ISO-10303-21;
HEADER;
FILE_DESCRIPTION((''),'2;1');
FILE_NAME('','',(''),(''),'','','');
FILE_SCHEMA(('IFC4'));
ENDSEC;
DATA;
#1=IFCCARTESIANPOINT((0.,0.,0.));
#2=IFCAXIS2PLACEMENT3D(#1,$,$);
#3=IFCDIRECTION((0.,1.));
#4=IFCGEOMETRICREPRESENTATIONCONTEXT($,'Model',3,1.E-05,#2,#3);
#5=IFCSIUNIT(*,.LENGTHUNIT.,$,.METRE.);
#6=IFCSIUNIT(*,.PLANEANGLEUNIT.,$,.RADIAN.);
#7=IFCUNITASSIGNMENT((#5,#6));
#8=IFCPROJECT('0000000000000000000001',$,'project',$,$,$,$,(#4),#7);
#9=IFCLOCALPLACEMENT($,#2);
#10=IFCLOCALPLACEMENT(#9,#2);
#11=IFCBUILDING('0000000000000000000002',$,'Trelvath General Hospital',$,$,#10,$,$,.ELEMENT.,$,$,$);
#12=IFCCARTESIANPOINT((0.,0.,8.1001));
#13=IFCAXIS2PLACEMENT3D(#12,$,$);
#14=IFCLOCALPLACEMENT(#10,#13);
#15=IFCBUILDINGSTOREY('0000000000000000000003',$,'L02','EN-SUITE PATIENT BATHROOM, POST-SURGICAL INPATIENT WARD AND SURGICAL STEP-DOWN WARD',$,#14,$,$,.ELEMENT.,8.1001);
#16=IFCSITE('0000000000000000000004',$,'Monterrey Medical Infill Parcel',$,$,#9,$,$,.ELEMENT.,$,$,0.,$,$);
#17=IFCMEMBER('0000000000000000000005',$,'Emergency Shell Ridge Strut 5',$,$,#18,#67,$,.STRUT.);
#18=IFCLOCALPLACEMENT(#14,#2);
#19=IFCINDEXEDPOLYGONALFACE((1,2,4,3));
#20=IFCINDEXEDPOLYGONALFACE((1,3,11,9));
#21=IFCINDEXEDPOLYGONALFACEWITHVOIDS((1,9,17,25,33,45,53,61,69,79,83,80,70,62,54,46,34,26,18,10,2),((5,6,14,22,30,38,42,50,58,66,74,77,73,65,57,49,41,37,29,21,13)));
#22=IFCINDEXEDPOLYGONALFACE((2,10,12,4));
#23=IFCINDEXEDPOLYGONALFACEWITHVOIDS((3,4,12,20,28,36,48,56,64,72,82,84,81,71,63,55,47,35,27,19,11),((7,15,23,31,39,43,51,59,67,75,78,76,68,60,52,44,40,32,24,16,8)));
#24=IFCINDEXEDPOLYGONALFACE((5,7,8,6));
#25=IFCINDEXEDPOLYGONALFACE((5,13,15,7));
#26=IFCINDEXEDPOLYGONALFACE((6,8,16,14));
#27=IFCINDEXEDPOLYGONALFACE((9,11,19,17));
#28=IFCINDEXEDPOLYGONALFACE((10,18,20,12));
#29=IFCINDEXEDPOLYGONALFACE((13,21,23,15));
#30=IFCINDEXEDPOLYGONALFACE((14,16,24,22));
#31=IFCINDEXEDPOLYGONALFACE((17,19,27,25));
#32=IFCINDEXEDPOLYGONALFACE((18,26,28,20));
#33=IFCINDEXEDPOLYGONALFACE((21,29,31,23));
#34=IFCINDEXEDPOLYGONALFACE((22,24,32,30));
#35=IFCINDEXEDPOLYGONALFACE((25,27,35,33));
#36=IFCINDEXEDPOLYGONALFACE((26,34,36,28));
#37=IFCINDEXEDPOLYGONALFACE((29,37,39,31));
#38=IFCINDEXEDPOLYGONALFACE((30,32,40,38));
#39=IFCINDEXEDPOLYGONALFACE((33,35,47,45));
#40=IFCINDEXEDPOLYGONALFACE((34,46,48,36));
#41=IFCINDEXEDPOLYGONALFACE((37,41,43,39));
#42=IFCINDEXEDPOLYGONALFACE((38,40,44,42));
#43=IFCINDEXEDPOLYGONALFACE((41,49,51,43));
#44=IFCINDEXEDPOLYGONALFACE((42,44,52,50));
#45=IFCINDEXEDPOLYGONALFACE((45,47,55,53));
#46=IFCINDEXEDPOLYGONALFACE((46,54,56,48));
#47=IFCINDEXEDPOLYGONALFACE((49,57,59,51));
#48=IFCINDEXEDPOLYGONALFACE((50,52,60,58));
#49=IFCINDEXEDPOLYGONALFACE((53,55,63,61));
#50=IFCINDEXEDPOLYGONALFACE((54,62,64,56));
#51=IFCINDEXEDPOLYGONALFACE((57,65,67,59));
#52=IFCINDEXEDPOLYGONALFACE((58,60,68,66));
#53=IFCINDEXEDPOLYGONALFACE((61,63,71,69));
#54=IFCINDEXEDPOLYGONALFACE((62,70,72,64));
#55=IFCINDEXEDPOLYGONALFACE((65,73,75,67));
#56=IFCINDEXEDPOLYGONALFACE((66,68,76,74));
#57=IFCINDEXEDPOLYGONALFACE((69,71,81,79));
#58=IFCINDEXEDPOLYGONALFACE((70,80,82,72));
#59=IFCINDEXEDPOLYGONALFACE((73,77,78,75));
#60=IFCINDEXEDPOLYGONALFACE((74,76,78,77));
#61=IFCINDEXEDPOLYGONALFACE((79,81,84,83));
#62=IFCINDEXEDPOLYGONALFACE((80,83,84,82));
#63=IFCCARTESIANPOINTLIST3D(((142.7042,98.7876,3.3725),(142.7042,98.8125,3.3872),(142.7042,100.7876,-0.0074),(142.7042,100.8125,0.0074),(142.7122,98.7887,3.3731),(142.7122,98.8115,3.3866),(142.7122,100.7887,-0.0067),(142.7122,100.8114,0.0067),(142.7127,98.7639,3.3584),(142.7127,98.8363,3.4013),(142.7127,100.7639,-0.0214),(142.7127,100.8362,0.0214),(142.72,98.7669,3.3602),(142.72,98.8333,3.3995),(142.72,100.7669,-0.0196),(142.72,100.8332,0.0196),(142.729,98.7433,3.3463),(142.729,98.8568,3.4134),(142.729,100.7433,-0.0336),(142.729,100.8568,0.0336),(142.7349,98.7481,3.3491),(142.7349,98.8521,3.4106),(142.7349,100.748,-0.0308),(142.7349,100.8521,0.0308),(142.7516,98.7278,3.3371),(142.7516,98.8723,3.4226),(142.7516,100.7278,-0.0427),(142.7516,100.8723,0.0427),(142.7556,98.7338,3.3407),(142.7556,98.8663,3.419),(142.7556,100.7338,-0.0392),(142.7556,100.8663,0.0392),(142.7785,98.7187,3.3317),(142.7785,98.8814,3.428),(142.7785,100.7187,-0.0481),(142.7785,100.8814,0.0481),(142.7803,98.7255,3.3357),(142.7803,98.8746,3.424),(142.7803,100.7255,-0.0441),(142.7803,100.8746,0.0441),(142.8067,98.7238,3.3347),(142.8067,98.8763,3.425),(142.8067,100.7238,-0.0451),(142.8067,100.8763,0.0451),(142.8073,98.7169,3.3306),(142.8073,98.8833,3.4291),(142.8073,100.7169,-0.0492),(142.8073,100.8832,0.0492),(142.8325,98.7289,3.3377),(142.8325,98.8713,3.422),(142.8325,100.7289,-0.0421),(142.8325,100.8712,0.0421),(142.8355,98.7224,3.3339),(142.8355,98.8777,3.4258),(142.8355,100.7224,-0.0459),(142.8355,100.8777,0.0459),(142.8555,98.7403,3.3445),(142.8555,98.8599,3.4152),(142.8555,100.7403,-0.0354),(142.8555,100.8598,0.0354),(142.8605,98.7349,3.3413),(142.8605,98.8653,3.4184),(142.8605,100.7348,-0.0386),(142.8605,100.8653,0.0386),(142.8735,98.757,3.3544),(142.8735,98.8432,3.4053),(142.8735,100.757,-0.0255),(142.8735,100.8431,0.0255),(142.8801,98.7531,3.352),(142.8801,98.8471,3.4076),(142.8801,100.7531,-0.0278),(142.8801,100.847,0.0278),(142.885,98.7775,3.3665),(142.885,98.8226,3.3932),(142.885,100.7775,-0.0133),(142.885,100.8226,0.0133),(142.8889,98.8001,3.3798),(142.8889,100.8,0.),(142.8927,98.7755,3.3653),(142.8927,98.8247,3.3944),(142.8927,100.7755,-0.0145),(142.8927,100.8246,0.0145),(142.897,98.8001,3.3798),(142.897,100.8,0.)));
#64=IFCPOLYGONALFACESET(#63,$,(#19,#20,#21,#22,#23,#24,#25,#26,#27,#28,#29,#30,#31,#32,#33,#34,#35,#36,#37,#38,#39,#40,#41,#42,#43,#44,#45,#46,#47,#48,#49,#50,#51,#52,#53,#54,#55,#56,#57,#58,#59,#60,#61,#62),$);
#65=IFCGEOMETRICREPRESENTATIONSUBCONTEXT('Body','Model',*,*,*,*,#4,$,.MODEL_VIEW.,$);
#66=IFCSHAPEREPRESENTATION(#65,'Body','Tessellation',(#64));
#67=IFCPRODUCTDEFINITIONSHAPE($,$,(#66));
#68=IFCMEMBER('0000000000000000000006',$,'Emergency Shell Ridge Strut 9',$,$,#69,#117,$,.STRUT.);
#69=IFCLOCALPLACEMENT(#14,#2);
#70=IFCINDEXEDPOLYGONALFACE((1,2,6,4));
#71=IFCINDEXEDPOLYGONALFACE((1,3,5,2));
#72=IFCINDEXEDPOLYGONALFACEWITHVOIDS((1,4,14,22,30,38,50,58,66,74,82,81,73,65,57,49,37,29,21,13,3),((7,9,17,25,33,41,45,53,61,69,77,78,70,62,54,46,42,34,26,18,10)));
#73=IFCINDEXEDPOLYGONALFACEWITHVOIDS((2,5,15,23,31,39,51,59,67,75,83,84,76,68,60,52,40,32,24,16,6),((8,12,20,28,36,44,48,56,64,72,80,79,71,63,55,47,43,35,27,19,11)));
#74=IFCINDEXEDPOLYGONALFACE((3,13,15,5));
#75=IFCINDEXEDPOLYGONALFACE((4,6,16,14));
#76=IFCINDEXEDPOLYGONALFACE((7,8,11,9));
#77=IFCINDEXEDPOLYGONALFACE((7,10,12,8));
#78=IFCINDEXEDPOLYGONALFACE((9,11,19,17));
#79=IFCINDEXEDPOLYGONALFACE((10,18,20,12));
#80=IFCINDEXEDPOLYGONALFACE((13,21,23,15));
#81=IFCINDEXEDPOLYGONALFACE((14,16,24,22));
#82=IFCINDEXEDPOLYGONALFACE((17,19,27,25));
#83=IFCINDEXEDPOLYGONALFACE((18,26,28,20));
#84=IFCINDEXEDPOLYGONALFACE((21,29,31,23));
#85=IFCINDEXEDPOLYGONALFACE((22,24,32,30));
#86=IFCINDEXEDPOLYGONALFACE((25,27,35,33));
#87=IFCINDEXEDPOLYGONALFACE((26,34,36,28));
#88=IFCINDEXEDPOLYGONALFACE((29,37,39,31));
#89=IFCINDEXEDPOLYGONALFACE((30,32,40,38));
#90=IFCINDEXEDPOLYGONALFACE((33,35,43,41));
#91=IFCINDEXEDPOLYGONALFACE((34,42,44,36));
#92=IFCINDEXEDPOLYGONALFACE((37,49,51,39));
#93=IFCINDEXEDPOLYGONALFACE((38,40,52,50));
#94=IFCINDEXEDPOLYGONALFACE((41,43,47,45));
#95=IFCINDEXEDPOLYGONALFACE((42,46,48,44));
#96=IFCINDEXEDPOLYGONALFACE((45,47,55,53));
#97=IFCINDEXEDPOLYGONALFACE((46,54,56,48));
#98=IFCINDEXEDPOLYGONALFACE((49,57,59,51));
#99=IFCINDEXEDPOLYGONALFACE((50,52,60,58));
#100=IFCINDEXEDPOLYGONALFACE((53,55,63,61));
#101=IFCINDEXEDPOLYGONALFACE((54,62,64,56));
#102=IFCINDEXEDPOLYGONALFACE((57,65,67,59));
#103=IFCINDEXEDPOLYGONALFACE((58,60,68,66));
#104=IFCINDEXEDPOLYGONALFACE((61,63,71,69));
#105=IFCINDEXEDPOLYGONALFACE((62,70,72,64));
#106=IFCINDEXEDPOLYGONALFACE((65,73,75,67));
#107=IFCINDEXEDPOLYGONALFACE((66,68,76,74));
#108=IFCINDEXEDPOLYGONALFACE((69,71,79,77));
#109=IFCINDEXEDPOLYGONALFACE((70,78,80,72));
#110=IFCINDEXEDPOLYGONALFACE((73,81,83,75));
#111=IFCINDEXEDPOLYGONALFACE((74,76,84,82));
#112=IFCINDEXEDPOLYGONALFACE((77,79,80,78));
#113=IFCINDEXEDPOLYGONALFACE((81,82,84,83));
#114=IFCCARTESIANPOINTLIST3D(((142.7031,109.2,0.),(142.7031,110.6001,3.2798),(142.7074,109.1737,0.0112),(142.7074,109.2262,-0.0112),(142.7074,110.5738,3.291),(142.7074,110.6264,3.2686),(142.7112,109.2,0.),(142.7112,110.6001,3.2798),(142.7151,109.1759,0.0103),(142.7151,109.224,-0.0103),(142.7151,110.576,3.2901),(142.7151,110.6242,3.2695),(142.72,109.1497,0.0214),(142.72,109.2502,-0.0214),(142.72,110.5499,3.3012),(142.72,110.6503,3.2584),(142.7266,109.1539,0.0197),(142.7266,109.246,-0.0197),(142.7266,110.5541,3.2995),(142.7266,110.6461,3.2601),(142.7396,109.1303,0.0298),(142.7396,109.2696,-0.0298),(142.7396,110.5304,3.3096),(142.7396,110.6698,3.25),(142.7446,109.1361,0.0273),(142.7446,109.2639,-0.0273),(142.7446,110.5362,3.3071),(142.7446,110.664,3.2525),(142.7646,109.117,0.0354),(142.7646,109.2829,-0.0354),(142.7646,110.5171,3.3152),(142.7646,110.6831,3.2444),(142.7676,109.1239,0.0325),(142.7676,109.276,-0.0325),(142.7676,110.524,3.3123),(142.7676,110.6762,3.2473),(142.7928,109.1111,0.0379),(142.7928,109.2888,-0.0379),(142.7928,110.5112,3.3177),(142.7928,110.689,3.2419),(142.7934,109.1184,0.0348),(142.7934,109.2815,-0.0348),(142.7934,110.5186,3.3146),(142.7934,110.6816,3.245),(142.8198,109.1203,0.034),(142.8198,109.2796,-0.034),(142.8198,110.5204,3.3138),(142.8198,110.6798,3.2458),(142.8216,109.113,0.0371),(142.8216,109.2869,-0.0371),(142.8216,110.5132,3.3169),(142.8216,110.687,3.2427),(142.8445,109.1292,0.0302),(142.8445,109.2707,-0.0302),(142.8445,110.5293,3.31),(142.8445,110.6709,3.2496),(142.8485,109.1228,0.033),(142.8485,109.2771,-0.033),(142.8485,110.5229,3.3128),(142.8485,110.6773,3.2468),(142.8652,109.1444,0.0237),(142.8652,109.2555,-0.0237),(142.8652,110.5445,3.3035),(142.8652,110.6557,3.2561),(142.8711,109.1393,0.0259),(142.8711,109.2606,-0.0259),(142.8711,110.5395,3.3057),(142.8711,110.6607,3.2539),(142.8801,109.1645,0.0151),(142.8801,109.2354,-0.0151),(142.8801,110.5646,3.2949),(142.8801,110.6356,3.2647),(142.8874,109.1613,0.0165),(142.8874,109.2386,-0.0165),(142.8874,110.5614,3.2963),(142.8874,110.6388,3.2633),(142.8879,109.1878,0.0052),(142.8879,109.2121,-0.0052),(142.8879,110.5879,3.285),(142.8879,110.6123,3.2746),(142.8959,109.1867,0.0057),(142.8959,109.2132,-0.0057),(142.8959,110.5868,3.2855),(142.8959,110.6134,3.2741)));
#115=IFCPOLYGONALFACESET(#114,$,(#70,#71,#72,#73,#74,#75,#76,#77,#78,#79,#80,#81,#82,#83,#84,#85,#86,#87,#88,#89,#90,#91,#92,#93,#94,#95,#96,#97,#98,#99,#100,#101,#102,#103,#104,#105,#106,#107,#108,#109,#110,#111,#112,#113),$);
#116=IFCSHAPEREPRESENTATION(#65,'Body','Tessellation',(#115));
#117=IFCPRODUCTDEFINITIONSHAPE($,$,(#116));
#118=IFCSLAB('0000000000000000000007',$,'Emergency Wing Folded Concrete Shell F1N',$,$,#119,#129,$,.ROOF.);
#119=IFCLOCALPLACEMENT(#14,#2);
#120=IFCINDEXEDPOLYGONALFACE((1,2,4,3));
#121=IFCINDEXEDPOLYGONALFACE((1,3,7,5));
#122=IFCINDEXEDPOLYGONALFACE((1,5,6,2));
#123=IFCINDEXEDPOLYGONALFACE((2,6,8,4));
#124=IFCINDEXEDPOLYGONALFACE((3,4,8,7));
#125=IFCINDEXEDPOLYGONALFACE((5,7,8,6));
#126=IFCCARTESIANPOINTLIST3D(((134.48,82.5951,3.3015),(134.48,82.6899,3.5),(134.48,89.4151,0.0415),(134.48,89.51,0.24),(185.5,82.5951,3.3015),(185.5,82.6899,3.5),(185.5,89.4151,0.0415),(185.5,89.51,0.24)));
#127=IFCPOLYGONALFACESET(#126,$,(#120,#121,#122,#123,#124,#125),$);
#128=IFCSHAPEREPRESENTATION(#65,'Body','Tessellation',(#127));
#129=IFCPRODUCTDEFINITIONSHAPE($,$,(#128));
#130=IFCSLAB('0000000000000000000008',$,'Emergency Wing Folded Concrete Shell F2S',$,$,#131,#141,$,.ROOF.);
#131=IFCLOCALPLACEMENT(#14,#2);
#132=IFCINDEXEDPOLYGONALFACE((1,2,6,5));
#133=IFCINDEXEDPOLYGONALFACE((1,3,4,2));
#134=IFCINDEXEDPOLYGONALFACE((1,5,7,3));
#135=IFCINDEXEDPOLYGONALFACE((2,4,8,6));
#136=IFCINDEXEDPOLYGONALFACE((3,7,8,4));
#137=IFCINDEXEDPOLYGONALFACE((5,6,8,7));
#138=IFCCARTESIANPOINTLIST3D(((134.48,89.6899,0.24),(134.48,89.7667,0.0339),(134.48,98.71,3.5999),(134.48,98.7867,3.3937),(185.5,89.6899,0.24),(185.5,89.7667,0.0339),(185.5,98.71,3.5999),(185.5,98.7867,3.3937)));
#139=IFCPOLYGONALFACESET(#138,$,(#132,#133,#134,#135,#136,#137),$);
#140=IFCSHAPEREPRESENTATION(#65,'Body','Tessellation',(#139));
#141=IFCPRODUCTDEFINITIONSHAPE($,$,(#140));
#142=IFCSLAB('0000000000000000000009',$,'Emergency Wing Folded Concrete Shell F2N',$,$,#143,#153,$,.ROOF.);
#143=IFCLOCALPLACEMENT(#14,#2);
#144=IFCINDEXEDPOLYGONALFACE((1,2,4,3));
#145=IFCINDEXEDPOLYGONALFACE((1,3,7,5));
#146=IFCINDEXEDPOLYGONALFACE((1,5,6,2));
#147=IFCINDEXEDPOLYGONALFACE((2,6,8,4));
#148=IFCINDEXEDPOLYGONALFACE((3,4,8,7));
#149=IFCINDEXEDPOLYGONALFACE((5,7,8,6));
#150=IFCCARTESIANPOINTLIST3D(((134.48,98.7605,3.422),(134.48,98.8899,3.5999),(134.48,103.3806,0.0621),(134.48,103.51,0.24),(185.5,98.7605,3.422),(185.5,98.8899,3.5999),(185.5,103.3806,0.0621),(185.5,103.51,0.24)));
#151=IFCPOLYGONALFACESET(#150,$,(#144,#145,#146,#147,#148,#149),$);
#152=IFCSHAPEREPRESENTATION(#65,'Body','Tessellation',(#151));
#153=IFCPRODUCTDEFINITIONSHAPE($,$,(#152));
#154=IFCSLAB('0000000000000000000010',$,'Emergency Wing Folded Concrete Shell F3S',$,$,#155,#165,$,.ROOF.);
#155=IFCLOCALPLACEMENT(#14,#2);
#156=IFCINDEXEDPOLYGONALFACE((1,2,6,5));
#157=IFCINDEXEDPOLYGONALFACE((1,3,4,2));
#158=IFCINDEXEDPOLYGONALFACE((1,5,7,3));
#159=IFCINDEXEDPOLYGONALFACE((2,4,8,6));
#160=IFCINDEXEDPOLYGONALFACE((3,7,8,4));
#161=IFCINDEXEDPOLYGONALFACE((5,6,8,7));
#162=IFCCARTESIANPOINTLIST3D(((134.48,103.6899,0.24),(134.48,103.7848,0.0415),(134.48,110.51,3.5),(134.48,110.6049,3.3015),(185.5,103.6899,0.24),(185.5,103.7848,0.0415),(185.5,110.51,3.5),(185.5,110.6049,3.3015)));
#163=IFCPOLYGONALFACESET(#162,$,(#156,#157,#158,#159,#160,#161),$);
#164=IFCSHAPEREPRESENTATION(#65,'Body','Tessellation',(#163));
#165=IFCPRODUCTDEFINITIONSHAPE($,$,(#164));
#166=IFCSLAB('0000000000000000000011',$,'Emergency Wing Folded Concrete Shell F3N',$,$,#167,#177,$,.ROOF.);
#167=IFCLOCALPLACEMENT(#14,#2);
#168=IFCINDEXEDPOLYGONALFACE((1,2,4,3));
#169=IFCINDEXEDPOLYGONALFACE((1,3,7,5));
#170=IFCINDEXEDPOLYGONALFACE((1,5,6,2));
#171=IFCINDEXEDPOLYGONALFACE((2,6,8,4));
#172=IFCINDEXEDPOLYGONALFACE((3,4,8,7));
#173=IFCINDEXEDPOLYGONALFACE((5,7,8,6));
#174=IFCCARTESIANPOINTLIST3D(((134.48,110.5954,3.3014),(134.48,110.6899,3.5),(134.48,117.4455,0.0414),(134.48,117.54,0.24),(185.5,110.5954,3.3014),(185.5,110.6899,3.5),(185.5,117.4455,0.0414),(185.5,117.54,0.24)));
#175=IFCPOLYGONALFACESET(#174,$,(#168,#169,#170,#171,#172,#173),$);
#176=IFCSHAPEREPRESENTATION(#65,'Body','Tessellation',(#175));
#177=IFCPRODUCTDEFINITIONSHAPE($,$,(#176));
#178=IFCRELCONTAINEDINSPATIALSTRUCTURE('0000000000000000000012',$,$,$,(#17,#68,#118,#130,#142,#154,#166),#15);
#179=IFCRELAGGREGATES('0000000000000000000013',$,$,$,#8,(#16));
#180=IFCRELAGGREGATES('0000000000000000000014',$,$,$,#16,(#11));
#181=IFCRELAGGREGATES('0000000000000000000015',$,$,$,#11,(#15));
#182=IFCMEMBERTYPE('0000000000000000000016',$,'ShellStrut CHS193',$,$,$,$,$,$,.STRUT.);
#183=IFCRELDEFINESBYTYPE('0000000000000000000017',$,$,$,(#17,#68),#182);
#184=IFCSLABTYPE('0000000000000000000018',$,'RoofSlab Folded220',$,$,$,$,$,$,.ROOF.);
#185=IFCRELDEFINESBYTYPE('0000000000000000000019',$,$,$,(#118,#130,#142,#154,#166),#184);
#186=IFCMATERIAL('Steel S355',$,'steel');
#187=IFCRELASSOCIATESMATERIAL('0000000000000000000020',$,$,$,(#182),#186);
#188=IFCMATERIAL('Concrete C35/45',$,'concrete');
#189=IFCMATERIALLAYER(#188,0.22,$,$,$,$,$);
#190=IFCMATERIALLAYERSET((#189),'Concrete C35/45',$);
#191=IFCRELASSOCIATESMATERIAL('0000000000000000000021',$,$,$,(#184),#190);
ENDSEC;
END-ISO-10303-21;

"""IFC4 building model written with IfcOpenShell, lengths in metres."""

from ifc_helpers import new_model, si_unit, direction, frame, origin, origin_2d, place, context, subcontext, project, spatial, polyline, hollow_circle, outline, extrude, material, layer, layer_set, material_profile, profile_set, type_object, element, save


model = new_model("IFC4")

# Units and contexts
model_context = context("Model", 3, precision=1e-05, world=origin(), true_north=direction((0.0, 1.0)))
body_context = subcontext(model_context, "Body", "Model", "MODEL_VIEW")
ifc_project = project(units=[si_unit("LENGTHUNIT", "METRE"), si_unit("PLANEANGLEUNIT", "RADIAN")], contexts=[model_context])

# Site, building, storey
site_placement = place(None, origin())
site = spatial("IfcSite", under=ifc_project, at=site_placement, Name="Monterrey Medical Infill Parcel", CompositionType="ELEMENT", RefElevation=0.0)
building_placement = place(site_placement, origin())
building = spatial("IfcBuilding", under=site, at=building_placement, Name="Trelvath General Hospital", CompositionType="ELEMENT")
storey_placement = place(building_placement, frame((0.0, 0.0, 8.1001)))
storey = spatial("IfcBuildingStorey", under=building, at=storey_placement, Name="L02", Description="EN-SUITE PATIENT BATHROOM, POST-SURGICAL INPATIENT WARD AND SURGICAL STEP-DOWN WARD", CompositionType="ELEMENT", Elevation=8.1001)

# Members
ifc_material_1 = material(Name="Steel S355", Category="steel")
ifc_material_profile_1 = material_profile(ifc_material_1, hollow_circle(Radius=0.0969, WallThickness=0.0081, at=origin_2d()), Name="CHS193.7x8.0")
ifc_profile_set_1 = profile_set([ifc_material_profile_1], Name="Steel S355")
member_type = type_object("IfcMemberType", Name="ShellStrut CHS193", PredefinedType="STRUT", material=ifc_profile_set_1)
member_1_placement = place(storey_placement, frame((142.8, 100.8, 0.0), z_axis=(0.0, -0.509257, 0.860614), x_axis=(1.0, 0.0, 0.0)))
element("IfcMember", 1, at=member_1_placement, inside=storey, type_object=member_type, Name="Emergency Shell Ridge Strut 5", PredefinedType="STRUT", context=body_context, shape_type="SweptSolid", body=[
    extrude(hollow_circle(Radius=0.0969, WallThickness=0.0081, at=origin_2d()), origin(), (0.0, 0.0, 1.0), 3.9272),
])
member_2_placement = place(storey_placement, frame((142.8, 109.2, 0.0), z_axis=(0.0, 0.392622, 0.9197), x_axis=(-1.0, 0.0, 0.0)))
element("IfcMember", 2, at=member_2_placement, inside=storey, type_object=member_type, Name="Emergency Shell Ridge Strut 9", PredefinedType="STRUT", context=body_context, shape_type="SweptSolid", body=[
    extrude(hollow_circle(Radius=0.0969, WallThickness=0.0081, at=origin_2d()), origin(), (0.0, 0.0, 1.0), 3.5662),
])

# Slabs
ifc_material_2 = material(Name="Concrete C35/45", Category="concrete")
ifc_layer_1 = layer(ifc_material_2, 0.22)
ifc_layer_set_1 = layer_set([ifc_layer_1], Name="Concrete C35/45")
slab_type = type_object("IfcSlabType", Name="RoofSlab Folded220", PredefinedType="ROOF", material=ifc_layer_set_1)
slab_1_placement = place(storey_placement, frame((134.48, 82.6899, 3.5), z_axis=(0.0, 0.431266, 0.902225), x_axis=(1.0, 0.0, 0.0)))
element("IfcSlab", 3, at=slab_1_placement, inside=storey, type_object=slab_type, Name="Emergency Wing Folded Concrete Shell F1N", PredefinedType="ROOF", context=body_context, shape_type="SweptSolid", body=[
    extrude(outline(polyline([(0.0, 0.0), (51.02, 0.0), (51.02, 7.5592), (0.0, 7.5592), (0.0, 0.0)])), origin(), (0.0, 0.0, -1.0), 0.22),
])
slab_2_placement = place(storey_placement, frame((134.48, 89.6899, 0.24), z_axis=(0.0, -0.34906, 0.9371), x_axis=(1.0, 0.0, 0.0)))
element("IfcSlab", 4, at=slab_2_placement, inside=storey, type_object=slab_type, Name="Emergency Wing Folded Concrete Shell F2S", PredefinedType="ROOF", context=body_context, shape_type="SweptSolid", body=[
    extrude(outline(polyline([(0.0, 0.0), (51.02, 0.0), (51.02, 9.6255), (0.0, 9.6255), (0.0, 0.0)])), origin(), (0.0, 0.0, -1.0), 0.22),
])
slab_3_placement = place(storey_placement, frame((134.48, 98.8899, 3.5999), z_axis=(0.0, 0.588146, 0.808755), x_axis=(1.0, 0.0, 0.0)))
element("IfcSlab", 5, at=slab_3_placement, inside=storey, type_object=slab_type, Name="Emergency Wing Folded Concrete Shell F2N", PredefinedType="ROOF", context=body_context, shape_type="SweptSolid", body=[
    extrude(outline(polyline([(0.0, 0.0), (51.02, 0.0), (51.02, 5.7126), (0.0, 5.7126), (0.0, 0.0)])), origin(), (0.0, 0.0, -1.0), 0.22),
])
slab_4_placement = place(storey_placement, frame((134.48, 103.6899, 0.24), z_axis=(0.0, -0.431266, 0.902225), x_axis=(1.0, 0.0, 0.0)))
element("IfcSlab", 6, at=slab_4_placement, inside=storey, type_object=slab_type, Name="Emergency Wing Folded Concrete Shell F3S", PredefinedType="ROOF", context=body_context, shape_type="SweptSolid", body=[
    extrude(outline(polyline([(0.0, 0.0), (51.02, 0.0), (51.02, 7.5592), (0.0, 7.5592), (0.0, 0.0)])), origin(), (0.0, 0.0, -1.0), 0.22),
])
slab_5_placement = place(storey_placement, frame((134.48, 110.6899, 3.5), z_axis=(0.0, 0.429725, 0.90296), x_axis=(1.0, 0.0, 0.0)))
element("IfcSlab", 7, at=slab_5_placement, inside=storey, type_object=slab_type, Name="Emergency Wing Folded Concrete Shell F3N", PredefinedType="ROOF", context=body_context, shape_type="SweptSolid", body=[
    extrude(outline(polyline([(0.0, 0.0), (51.02, 0.0), (51.02, 7.5863), (0.0, 7.5863), (0.0, 0.0)])), origin(), (0.0, 0.0, -1.0), 0.22),
])

save(model, "model.ifc")
